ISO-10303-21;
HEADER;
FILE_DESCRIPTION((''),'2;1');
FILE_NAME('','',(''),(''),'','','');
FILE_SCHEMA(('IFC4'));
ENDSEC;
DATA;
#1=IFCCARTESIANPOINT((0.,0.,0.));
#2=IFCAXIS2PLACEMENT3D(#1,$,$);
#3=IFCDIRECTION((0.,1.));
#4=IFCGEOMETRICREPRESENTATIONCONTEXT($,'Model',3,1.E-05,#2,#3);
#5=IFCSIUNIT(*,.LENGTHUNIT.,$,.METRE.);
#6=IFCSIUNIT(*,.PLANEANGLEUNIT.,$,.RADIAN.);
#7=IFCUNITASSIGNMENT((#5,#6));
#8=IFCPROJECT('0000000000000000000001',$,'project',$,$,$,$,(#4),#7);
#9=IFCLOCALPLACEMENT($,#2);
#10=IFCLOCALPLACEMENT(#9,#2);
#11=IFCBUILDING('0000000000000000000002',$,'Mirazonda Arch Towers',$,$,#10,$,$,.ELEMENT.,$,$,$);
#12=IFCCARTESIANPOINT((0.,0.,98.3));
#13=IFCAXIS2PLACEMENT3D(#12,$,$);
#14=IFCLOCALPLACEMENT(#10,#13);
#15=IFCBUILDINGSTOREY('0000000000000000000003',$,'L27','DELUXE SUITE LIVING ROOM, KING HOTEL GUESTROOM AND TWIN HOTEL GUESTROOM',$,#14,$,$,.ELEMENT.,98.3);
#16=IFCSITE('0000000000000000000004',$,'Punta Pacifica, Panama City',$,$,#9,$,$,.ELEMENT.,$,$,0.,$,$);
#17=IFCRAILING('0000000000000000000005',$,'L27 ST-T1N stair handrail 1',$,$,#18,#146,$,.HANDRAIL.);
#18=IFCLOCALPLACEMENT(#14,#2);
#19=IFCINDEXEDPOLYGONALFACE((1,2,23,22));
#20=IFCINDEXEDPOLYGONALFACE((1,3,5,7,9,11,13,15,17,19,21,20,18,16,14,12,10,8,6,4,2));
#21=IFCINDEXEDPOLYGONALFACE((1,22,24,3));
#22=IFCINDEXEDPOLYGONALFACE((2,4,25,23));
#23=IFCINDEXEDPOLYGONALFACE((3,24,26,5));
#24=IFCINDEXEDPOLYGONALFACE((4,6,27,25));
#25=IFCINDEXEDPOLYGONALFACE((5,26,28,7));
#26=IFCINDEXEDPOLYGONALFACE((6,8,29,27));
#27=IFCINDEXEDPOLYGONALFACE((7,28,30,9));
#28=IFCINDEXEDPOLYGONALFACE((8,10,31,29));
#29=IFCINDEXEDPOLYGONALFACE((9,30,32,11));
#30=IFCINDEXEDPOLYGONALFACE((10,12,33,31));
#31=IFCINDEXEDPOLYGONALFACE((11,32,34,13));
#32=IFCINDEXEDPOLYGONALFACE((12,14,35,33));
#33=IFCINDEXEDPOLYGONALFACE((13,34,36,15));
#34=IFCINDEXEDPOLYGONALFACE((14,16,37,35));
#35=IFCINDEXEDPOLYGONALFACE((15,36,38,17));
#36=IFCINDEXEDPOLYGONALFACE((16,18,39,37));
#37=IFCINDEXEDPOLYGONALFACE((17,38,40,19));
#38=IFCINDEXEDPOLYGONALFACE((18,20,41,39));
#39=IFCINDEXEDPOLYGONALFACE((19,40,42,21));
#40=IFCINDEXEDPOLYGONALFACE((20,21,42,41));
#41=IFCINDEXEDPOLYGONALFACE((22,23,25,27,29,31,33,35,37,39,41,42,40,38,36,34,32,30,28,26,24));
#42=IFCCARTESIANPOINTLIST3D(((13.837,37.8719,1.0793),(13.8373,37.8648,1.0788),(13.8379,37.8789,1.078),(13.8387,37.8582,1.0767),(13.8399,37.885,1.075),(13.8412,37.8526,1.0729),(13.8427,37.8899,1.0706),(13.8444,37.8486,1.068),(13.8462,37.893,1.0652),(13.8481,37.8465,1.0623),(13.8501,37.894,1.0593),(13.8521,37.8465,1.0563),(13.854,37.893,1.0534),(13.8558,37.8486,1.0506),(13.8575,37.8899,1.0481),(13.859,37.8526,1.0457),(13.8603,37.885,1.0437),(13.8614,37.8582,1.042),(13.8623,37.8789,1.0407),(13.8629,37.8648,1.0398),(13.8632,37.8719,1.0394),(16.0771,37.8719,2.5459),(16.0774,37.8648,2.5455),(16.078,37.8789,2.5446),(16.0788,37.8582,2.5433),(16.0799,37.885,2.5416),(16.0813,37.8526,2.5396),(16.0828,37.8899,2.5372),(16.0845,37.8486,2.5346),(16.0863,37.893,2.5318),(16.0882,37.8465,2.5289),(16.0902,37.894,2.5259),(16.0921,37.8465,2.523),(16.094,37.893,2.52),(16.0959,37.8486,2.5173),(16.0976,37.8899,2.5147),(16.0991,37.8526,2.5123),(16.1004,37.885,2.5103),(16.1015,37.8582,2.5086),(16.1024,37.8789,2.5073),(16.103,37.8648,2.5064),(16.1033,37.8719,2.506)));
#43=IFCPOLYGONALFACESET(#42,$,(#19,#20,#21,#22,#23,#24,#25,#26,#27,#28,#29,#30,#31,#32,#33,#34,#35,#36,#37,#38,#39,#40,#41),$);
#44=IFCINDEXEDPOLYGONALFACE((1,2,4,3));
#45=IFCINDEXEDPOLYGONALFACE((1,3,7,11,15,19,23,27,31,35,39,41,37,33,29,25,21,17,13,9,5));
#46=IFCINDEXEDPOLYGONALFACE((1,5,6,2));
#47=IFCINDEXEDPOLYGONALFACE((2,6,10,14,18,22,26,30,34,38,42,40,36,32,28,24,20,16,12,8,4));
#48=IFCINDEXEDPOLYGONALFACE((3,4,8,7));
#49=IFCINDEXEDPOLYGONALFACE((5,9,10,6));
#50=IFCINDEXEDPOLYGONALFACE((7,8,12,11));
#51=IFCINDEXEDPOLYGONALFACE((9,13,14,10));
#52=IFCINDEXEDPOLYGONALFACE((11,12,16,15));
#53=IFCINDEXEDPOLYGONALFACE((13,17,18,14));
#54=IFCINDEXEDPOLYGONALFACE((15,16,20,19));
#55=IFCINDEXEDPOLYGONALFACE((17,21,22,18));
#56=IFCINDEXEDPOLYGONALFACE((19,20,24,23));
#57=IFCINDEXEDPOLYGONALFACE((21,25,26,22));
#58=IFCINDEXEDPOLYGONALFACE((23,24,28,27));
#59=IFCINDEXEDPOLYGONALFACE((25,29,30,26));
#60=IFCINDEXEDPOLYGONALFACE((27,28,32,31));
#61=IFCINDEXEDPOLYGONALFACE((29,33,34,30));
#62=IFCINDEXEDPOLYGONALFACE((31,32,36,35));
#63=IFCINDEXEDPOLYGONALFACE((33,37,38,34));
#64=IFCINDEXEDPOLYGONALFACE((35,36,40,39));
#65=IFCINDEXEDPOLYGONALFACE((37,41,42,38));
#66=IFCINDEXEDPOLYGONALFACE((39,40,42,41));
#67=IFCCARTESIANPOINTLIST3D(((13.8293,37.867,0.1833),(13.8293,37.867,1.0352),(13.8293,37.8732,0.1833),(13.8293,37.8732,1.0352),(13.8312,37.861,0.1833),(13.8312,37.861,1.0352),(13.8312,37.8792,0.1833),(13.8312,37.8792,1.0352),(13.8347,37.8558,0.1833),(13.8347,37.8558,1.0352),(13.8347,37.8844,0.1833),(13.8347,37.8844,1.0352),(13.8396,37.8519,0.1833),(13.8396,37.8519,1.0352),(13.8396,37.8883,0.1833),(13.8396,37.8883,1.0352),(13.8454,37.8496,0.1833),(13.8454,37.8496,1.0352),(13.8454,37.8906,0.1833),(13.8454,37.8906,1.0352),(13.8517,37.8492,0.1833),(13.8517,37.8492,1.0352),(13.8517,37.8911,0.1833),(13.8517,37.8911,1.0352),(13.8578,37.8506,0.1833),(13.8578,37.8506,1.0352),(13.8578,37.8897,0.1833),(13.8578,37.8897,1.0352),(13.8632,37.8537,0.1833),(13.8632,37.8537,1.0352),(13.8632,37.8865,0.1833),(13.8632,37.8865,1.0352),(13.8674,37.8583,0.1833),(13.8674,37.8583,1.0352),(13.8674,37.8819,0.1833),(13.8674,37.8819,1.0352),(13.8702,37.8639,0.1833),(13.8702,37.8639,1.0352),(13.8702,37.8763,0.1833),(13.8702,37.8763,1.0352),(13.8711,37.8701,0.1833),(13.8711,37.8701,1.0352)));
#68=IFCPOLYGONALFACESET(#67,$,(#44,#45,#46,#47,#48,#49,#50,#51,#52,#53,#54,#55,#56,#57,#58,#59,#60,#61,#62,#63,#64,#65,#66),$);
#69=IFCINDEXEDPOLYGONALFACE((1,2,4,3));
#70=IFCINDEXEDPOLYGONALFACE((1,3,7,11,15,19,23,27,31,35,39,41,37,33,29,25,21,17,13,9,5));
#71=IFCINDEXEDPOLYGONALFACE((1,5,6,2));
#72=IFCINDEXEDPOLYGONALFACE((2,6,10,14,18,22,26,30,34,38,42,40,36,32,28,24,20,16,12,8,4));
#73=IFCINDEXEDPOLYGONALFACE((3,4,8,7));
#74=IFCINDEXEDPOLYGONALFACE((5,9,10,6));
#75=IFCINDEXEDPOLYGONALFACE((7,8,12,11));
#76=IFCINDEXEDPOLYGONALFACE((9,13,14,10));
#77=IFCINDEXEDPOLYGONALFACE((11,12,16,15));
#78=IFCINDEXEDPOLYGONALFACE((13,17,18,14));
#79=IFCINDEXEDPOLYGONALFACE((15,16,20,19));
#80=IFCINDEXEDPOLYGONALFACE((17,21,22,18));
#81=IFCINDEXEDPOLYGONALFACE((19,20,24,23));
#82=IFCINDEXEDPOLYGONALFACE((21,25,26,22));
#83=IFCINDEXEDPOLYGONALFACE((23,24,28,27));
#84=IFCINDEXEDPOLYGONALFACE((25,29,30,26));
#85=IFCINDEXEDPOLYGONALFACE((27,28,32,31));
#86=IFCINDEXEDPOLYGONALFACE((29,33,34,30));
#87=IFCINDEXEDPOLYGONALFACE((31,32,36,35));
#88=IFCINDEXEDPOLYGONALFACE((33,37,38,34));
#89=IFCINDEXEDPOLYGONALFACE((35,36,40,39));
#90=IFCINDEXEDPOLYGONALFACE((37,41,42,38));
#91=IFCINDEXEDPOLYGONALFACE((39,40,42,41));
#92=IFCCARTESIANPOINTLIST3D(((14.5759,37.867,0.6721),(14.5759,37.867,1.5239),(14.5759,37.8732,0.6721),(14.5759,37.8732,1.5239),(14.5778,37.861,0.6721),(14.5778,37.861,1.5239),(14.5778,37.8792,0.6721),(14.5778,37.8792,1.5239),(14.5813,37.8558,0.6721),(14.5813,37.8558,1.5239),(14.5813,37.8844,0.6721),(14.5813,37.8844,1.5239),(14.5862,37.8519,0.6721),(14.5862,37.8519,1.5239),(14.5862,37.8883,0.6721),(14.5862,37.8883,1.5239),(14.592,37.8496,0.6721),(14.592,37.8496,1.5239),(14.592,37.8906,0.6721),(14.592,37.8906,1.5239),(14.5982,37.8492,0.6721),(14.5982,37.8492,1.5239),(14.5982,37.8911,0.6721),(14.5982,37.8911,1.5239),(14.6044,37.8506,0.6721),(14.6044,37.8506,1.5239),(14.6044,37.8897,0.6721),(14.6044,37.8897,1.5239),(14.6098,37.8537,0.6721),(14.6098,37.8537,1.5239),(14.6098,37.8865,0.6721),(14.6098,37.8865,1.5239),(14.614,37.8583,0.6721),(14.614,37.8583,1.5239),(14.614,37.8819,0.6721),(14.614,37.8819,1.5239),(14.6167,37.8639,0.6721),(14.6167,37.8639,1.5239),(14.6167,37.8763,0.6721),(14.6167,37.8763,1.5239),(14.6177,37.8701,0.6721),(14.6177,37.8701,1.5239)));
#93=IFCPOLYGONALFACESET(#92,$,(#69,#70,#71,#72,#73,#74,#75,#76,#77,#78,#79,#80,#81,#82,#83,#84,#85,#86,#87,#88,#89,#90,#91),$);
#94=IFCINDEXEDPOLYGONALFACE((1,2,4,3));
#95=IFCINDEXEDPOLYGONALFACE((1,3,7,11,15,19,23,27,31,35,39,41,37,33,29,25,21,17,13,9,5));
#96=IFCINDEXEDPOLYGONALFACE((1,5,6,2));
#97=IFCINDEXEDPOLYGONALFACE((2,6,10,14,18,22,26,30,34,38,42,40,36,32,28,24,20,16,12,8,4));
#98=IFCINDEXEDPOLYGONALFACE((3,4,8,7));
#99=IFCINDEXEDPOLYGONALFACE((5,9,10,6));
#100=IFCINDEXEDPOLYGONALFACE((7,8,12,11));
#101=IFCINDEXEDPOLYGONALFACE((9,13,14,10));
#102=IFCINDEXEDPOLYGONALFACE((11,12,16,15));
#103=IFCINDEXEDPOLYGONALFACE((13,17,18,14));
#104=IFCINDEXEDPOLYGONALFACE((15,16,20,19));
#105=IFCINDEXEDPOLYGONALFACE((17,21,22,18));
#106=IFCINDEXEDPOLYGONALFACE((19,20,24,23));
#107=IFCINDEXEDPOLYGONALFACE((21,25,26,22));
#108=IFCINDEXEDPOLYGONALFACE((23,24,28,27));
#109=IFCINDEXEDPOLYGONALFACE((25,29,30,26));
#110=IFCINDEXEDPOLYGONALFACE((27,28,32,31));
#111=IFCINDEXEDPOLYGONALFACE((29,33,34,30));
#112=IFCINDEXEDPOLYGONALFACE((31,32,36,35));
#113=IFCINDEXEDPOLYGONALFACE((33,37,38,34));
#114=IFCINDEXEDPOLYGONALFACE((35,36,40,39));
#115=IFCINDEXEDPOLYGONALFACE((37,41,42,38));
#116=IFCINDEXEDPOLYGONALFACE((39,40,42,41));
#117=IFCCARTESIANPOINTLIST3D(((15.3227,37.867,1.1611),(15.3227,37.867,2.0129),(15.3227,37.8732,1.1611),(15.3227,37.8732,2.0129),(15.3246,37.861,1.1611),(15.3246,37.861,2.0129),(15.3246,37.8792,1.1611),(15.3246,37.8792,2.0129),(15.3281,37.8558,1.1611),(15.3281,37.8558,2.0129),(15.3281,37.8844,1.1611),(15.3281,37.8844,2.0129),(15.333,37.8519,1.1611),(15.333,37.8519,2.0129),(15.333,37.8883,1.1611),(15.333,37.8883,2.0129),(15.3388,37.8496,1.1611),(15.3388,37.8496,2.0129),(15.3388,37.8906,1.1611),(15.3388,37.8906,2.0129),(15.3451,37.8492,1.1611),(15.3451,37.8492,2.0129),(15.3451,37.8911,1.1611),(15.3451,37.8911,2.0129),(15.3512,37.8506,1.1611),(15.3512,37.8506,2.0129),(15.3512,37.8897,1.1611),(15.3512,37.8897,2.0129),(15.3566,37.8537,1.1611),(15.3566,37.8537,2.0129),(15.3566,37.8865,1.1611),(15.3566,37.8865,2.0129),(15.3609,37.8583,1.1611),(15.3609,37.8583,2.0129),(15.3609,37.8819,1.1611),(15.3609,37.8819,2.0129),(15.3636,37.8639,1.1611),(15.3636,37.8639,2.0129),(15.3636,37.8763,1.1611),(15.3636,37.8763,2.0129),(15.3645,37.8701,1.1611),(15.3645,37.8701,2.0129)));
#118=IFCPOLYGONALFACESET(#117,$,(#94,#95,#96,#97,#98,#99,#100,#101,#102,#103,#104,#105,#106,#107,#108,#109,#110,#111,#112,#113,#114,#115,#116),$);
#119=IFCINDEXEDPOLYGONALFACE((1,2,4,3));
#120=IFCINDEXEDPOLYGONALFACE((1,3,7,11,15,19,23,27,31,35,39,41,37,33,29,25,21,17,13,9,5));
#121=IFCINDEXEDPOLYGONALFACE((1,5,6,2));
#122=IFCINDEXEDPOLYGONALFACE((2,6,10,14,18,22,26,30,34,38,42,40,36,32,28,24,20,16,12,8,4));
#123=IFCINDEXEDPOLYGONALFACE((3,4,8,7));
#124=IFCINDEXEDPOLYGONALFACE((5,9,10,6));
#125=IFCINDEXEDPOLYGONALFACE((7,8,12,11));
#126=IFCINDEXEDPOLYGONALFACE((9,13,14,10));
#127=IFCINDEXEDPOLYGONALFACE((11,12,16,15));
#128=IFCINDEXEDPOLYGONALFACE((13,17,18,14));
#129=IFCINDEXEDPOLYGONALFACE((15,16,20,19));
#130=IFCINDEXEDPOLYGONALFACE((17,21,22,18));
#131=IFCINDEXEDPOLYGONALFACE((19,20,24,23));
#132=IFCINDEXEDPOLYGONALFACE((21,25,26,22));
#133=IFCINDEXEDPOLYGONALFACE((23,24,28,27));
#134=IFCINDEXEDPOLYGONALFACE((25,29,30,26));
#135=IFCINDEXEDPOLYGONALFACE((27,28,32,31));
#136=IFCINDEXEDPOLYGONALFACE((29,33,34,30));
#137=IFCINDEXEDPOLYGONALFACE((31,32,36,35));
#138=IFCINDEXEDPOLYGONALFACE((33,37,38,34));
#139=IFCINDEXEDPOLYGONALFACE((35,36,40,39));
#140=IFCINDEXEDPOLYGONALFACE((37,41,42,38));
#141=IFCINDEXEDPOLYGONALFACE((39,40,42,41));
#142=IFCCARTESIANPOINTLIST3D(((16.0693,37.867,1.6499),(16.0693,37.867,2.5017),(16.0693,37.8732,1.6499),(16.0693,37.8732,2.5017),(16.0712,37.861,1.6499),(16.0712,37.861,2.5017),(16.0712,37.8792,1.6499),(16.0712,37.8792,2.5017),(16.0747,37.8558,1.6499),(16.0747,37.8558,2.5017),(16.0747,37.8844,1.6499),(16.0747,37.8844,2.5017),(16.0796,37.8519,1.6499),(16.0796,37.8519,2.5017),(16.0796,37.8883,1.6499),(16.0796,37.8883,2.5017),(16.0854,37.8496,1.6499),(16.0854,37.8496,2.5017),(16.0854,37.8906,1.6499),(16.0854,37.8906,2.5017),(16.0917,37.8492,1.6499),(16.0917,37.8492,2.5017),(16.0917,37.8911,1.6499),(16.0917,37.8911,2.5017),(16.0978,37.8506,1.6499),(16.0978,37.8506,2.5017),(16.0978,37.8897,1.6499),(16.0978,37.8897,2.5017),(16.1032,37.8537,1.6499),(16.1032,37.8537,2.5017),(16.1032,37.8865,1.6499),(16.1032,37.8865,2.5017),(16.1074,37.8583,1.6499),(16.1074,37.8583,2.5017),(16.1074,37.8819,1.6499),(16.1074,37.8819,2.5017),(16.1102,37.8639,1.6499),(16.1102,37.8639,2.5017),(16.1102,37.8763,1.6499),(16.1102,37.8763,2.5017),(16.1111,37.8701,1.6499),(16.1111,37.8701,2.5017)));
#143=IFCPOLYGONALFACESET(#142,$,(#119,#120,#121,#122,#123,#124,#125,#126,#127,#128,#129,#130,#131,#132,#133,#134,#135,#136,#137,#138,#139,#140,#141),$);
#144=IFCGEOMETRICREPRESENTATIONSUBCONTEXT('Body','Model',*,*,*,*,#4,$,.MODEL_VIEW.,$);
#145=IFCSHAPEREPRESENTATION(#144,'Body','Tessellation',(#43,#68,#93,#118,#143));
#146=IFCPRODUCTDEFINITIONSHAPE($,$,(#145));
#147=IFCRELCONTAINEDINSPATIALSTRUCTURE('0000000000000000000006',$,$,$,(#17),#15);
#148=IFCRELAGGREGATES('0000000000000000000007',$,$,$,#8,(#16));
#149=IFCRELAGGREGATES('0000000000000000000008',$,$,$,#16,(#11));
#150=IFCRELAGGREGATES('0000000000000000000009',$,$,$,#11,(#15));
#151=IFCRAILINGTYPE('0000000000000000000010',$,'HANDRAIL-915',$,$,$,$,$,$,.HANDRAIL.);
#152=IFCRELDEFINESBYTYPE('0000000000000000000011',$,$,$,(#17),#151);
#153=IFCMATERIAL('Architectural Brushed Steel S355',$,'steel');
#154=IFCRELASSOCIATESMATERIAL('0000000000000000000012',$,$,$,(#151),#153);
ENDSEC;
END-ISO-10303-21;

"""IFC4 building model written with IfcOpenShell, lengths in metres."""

from ifc_helpers import new_model, si_unit, direction, frame, origin, origin_2d, place, context, subcontext, project, spatial, circle, extrude, material, type_object, element, save


model = new_model("IFC4")

# Units and contexts
model_context = context("Model", 3, precision=1e-05, world=origin(), true_north=direction((0.0, 1.0)))
body_context = subcontext(model_context, "Body", "Model", "MODEL_VIEW")
ifc_project = project(units=[si_unit("LENGTHUNIT", "METRE"), si_unit("PLANEANGLEUNIT", "RADIAN")], contexts=[model_context])

# Site, building, storey
site_placement = place(None, origin())
site = spatial("IfcSite", under=ifc_project, at=site_placement, Name="Punta Pacifica, Panama City", CompositionType="ELEMENT", RefElevation=0.0)
building_placement = place(site_placement, origin())
building = spatial("IfcBuilding", under=site, at=building_placement, Name="Mirazonda Arch Towers", CompositionType="ELEMENT")
storey_placement = place(building_placement, frame((0.0, 0.0, 98.3)))
storey = spatial("IfcBuildingStorey", under=building, at=storey_placement, Name="L27", Description="DELUXE SUITE LIVING ROOM, KING HOTEL GUESTROOM AND TWIN HOTEL GUESTROOM", CompositionType="ELEMENT", Elevation=98.3)

# Shared definitions
ifc_material_1 = material(Name="Architectural Brushed Steel S355", Category="steel")

# Railing
railing_type_1 = type_object("IfcRailingType", Name="HANDRAIL-915", PredefinedType="HANDRAIL", material=ifc_material_1)
railing_1_placement = place(storey_placement, frame((13.8501, 37.8701, 0.1833)))
element("IfcRailing", 1, at=railing_1_placement, inside=storey, type_object=railing_type_1, Name="L27 ST-T1N stair handrail 1", PredefinedType="HANDRAIL", context=body_context, shape_type="SweptSolid", body=[
    extrude(circle(Radius=0.0239, at=origin_2d()), frame((0.0, 0.0, 0.876), z_axis=(0.836637, 0.0, 0.547758), x_axis=(0.0, 1.0, 0.0)), (0.0, 0.0, 1.0), 2.6775),
    extrude(circle(Radius=0.021, at=origin_2d()), origin(), (0.0, 0.0, 1.0), 0.8518),
    extrude(circle(Radius=0.021, at=origin_2d()), frame((0.7466, 0.0, 0.4888)), (0.0, 0.0, 1.0), 0.8518),
    extrude(circle(Radius=0.021, at=origin_2d()), frame((1.4934, 0.0, 0.9778)), (0.0, 0.0, 1.0), 0.8518),
    extrude(circle(Radius=0.021, at=origin_2d()), frame((2.24, 0.0, 1.4666)), (0.0, 0.0, 1.0), 0.8518),
])

save(model, "model.ifc")
